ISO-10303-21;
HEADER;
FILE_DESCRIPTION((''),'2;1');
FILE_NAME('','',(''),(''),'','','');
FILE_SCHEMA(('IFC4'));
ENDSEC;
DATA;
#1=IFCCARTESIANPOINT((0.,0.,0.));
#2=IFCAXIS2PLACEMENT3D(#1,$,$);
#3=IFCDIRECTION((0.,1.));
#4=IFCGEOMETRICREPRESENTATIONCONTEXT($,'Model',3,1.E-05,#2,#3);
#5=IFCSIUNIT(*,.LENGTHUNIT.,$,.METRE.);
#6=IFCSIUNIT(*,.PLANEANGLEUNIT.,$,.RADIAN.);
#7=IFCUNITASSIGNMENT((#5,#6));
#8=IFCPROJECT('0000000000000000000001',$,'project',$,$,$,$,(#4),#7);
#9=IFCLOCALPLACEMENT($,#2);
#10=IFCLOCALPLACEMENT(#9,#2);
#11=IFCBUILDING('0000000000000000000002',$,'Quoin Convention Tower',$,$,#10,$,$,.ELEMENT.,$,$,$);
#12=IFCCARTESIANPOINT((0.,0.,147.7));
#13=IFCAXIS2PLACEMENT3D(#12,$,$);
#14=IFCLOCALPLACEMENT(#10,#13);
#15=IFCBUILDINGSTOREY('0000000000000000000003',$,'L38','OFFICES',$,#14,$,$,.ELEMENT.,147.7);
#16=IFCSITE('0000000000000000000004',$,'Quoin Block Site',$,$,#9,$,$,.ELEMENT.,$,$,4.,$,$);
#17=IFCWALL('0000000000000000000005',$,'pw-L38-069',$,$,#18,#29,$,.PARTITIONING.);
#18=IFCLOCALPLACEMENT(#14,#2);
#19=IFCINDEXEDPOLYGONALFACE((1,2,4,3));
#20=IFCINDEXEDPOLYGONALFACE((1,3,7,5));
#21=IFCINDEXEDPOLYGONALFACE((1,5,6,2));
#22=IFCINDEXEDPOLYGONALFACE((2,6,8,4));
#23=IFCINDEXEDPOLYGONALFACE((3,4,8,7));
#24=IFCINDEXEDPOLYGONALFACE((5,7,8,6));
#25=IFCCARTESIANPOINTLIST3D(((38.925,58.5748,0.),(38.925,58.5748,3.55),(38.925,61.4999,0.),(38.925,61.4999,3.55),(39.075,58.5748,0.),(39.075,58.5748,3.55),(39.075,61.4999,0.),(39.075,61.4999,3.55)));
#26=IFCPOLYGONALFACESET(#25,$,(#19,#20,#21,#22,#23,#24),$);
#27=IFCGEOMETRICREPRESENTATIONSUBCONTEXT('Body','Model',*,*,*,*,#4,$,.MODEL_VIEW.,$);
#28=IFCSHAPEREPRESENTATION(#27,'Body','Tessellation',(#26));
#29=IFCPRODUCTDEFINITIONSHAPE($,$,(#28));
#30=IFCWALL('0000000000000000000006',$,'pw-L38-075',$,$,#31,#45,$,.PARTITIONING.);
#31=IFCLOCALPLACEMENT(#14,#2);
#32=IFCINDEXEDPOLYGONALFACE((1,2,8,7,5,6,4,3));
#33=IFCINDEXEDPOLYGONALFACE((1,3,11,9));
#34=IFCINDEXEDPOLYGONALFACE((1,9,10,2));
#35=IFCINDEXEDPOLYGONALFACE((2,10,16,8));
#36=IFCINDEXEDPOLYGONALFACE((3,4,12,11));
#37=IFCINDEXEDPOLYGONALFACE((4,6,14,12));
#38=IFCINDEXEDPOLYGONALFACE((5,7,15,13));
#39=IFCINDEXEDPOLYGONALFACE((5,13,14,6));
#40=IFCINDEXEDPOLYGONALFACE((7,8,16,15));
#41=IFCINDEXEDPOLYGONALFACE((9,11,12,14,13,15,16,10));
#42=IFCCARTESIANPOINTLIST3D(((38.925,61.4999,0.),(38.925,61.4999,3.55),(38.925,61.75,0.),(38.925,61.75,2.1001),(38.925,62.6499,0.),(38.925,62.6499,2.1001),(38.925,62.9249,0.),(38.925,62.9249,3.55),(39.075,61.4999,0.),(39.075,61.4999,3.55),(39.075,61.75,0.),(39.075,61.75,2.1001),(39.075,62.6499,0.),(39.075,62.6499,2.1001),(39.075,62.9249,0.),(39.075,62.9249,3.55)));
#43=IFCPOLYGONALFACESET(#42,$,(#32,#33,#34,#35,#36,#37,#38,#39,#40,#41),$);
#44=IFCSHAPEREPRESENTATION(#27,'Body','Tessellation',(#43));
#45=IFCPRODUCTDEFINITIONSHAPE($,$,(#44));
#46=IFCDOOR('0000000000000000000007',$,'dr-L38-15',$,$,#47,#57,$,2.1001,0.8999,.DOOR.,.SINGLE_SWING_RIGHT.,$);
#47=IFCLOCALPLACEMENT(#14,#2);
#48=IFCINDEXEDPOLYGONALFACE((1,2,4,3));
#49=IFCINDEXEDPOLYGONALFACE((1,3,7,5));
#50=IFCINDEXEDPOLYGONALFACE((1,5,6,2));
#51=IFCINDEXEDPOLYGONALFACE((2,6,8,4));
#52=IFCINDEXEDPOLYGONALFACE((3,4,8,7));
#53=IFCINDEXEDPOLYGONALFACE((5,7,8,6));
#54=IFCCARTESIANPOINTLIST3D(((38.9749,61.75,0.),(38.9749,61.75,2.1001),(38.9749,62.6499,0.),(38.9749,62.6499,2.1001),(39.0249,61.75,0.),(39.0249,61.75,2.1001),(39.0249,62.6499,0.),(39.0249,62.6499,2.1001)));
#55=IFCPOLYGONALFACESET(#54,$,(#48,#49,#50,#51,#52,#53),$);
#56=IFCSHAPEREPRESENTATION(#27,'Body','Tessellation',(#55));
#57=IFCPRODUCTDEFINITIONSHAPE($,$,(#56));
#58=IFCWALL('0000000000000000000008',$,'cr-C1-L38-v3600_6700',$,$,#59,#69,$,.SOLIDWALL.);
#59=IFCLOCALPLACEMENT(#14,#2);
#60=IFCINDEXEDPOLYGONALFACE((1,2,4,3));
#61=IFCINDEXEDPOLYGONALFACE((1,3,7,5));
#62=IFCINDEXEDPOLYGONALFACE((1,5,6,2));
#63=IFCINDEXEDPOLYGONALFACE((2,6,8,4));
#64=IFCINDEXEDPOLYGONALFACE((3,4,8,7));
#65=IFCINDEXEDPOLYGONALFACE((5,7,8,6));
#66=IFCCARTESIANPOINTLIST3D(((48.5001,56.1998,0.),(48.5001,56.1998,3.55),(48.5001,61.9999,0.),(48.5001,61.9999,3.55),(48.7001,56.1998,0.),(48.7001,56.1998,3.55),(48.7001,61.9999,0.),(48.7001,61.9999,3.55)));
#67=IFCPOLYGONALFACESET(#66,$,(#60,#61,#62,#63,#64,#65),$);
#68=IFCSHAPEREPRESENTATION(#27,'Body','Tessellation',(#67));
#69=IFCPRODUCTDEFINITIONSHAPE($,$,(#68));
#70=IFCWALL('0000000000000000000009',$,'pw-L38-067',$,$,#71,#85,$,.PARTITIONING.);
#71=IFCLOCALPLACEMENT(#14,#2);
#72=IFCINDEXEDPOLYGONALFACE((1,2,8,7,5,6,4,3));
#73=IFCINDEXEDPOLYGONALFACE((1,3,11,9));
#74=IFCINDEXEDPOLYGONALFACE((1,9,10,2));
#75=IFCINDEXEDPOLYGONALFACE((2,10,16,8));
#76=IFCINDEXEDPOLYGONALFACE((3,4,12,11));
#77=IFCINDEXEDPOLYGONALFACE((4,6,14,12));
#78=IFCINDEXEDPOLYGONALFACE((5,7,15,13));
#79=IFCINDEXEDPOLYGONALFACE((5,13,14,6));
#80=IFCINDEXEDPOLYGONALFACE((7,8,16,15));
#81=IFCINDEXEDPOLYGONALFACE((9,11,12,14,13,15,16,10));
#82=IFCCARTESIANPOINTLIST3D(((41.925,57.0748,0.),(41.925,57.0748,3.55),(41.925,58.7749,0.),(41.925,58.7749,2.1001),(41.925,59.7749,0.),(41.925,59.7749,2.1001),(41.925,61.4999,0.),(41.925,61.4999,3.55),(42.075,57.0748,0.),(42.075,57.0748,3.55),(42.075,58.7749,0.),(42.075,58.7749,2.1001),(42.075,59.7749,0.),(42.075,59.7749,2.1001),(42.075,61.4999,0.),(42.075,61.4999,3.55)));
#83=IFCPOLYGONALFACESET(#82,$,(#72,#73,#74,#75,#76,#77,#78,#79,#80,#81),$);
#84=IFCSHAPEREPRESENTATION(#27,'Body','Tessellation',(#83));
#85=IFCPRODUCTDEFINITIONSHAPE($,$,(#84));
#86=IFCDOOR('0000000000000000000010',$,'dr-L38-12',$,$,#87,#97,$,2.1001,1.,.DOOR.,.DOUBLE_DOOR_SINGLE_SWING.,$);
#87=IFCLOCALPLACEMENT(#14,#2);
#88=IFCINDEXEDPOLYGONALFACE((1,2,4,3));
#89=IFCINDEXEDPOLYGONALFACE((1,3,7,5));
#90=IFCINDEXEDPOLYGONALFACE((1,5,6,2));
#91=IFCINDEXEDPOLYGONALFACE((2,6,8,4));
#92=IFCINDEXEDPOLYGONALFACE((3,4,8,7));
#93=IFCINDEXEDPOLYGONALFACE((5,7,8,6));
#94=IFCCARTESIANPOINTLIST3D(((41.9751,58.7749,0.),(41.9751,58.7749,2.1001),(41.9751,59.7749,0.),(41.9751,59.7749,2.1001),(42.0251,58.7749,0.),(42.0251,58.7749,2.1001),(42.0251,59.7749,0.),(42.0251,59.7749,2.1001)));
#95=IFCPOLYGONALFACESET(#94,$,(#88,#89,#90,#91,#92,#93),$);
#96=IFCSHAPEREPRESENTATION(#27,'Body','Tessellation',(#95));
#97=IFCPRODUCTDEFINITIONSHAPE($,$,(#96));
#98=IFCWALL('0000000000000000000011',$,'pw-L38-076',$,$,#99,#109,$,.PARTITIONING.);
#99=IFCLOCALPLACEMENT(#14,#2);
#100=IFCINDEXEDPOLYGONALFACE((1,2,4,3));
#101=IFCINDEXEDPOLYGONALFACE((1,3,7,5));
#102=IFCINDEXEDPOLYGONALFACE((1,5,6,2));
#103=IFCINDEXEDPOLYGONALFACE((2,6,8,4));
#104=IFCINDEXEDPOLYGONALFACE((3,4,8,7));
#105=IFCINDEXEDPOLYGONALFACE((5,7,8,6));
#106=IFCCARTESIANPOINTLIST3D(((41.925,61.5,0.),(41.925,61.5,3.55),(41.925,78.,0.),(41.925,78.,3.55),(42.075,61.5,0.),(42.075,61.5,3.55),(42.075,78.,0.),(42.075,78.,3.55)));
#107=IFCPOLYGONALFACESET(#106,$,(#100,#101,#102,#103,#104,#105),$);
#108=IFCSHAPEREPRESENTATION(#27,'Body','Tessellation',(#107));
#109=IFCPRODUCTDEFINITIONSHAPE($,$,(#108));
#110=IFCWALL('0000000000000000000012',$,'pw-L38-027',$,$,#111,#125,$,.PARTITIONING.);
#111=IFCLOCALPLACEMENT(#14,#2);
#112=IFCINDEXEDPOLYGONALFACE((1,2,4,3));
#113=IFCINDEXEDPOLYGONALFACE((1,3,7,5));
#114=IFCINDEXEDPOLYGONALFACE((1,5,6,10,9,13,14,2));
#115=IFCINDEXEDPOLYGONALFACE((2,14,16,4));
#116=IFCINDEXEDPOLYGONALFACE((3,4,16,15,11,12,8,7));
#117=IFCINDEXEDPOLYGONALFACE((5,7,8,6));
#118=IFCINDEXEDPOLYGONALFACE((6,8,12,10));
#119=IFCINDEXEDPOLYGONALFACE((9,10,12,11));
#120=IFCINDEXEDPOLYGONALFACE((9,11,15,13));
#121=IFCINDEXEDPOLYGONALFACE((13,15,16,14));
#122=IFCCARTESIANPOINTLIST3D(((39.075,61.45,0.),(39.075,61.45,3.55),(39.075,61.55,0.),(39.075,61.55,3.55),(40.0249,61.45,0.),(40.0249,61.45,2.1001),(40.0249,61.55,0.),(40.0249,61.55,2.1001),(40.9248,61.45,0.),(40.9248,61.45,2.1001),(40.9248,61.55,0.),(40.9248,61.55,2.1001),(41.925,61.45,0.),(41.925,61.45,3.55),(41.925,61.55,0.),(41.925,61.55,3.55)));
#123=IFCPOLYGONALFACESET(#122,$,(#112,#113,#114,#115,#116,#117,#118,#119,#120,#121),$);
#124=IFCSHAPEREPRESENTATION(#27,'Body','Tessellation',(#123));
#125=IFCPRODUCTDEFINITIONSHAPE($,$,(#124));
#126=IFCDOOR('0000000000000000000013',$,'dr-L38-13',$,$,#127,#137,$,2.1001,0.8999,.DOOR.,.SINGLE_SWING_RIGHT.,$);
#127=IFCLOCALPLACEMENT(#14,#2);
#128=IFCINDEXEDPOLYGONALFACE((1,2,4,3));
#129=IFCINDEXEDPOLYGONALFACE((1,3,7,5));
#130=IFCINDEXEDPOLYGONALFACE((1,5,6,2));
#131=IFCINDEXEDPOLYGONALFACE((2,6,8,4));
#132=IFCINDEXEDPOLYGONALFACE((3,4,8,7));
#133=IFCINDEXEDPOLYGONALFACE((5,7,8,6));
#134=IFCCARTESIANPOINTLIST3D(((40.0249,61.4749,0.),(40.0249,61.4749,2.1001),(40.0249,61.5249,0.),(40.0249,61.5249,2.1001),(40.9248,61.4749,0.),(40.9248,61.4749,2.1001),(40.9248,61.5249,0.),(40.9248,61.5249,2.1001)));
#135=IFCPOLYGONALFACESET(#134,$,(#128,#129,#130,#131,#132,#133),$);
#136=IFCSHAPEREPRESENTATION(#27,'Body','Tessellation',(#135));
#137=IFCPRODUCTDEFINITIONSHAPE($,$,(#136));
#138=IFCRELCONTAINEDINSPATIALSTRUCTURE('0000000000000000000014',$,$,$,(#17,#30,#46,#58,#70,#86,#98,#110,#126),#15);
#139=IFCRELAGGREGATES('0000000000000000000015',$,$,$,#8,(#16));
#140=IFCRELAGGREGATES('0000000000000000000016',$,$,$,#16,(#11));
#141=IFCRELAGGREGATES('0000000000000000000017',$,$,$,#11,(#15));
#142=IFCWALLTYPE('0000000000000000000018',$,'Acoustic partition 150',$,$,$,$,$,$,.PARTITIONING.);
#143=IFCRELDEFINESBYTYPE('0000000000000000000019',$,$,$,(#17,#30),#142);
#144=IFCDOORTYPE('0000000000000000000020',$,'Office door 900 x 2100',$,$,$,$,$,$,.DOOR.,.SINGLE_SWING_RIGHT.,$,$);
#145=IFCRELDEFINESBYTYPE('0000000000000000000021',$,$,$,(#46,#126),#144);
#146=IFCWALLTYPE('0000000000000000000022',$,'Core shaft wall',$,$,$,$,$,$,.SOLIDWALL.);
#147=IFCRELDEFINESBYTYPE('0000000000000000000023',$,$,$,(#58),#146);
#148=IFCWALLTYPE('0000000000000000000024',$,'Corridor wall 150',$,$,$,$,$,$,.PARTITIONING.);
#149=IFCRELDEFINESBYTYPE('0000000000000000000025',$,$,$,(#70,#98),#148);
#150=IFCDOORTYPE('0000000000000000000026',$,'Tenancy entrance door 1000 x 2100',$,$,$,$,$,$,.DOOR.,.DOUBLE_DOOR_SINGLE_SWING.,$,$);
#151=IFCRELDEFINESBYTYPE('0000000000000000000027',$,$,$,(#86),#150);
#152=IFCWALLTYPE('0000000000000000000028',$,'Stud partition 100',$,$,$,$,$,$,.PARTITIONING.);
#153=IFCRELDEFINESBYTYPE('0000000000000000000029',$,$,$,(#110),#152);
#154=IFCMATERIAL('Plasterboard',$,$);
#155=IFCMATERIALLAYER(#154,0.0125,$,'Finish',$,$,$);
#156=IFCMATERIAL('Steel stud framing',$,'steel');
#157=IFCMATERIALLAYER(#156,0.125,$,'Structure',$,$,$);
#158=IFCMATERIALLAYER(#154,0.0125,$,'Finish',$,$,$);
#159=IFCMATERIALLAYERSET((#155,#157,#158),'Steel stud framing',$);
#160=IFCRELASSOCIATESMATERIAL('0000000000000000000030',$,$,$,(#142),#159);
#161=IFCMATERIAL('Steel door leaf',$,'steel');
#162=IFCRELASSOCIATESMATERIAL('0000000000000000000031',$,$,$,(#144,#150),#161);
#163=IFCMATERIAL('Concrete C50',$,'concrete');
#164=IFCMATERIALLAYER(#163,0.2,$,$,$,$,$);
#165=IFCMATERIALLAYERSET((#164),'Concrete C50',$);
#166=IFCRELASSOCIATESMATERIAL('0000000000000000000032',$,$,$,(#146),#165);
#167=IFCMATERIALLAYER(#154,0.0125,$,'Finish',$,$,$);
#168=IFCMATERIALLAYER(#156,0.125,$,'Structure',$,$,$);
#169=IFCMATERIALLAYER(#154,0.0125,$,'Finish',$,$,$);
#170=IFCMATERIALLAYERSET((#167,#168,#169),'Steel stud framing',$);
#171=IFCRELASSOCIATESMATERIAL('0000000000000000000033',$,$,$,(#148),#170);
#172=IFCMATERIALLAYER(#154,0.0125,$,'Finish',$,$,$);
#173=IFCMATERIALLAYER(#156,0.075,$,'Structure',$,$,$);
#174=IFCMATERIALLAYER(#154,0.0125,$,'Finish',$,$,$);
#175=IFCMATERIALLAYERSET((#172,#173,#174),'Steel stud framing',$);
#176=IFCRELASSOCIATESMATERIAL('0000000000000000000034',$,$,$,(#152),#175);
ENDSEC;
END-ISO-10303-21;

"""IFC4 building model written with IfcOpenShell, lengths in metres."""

from ifc_helpers import new_model, si_unit, direction, frame, frame_2d, origin, place, context, subcontext, project, spatial, rectangle, extrude, material, layer, layer_set, type_object, element, fill, save


model = new_model("IFC4")

# Units and contexts
model_context = context("Model", 3, precision=1e-05, world=origin(), true_north=direction((0.0, 1.0)))
body_context = subcontext(model_context, "Body", "Model", "MODEL_VIEW")
ifc_project = project(units=[si_unit("LENGTHUNIT", "METRE"), si_unit("PLANEANGLEUNIT", "RADIAN")], contexts=[model_context])

# Site, building, storey
site_placement = place(None, origin())
site = spatial("IfcSite", under=ifc_project, at=site_placement, Name="Quoin Block Site", CompositionType="ELEMENT", RefElevation=4.0)
building_placement = place(site_placement, origin())
building = spatial("IfcBuilding", under=site, at=building_placement, Name="Quoin Convention Tower", CompositionType="ELEMENT")
storey_placement = place(building_placement, frame((0.0, 0.0, 147.7)))
storey = spatial("IfcBuildingStorey", under=building, at=storey_placement, Name="L38", Description="OFFICES", CompositionType="ELEMENT", Elevation=147.7)

# Wall
ifc_material_1 = material(Name="Plasterboard")
ifc_layer_1 = layer(ifc_material_1, 0.0125, Name="Finish")
ifc_material_2 = material(Name="Steel stud framing", Category="steel")
ifc_layer_2 = layer(ifc_material_2, 0.125, Name="Structure")
ifc_layer_3 = layer(ifc_material_1, 0.0125, Name="Finish")
ifc_layer_set_1 = layer_set([ifc_layer_1, ifc_layer_2, ifc_layer_3], Name="Steel stud framing")
wall_type_1 = type_object("IfcWallType", Name="Acoustic partition 150", PredefinedType="PARTITIONING", material=ifc_layer_set_1)
wall_1_placement = place(storey_placement, frame((39.0, 58.575, 0.0), z_axis=(0.0, 0.0, 1.0), x_axis=(0.0, 1.0, 0.0)))
element("IfcWall", 1, at=wall_1_placement, inside=storey, type_object=wall_type_1, Name="pw-L38-069", PredefinedType="PARTITIONING", context=body_context, shape_type="SweptSolid", body=[
    extrude(rectangle(XDim=2.925, YDim=0.1499, at=frame_2d((1.4624, 0.0))), origin(), (0.0, 0.0, 1.0), 3.55),
])

# Wall, opening, door
wall_2_placement = place(storey_placement, frame((39.0, 61.5, 0.0), z_axis=(0.0, 0.0, 1.0), x_axis=(0.0, 1.0, 0.0)))
wall_2 = element("IfcWall", 2, at=wall_2_placement, inside=storey, type_object=wall_type_1, Name="pw-L38-075", PredefinedType="PARTITIONING", context=body_context, shape_type="SweptSolid", body=[
    extrude(rectangle(XDim=1.425, YDim=0.1499, at=frame_2d((0.7124, 0.0))), origin(), (0.0, 0.0, 1.0), 3.55),
])
opening_1_placement = place(wall_2_placement, frame((0.25, 0.0, 0.0)))
opening_1 = element("IfcOpeningElement", 3, at=opening_1_placement, cuts=wall_2, PredefinedType="OPENING", context=body_context, shape_type="SweptSolid", body=[
    extrude(rectangle(XDim=0.8999, YDim=2.1001, at=frame_2d((0.45, 1.05))), frame((0.0, 0.085, 0.0), z_axis=(0.0, -1.0, 0.0), x_axis=(1.0, 0.0, 0.0)), (0.0, 0.0, 1.0), 0.1699),
])
ifc_material_3 = material(Name="Steel door leaf", Category="steel")
door_type_1 = type_object("IfcDoorType", Name="Office door 900 x 2100", OperationType="SINGLE_SWING_RIGHT", PredefinedType="DOOR", material=ifc_material_3)
door_1_placement = place(opening_1_placement, frame((0.8999, 0.0, 0.0), z_axis=(0.0, 0.0, 1.0), x_axis=(-1.0, 0.0, 0.0)))
door_1 = element("IfcDoor", 4, at=door_1_placement, inside=storey, type_object=door_type_1, Name="dr-L38-15", OperationType="SINGLE_SWING_RIGHT", OverallHeight=2.1001, OverallWidth=0.8999, PredefinedType="DOOR", context=body_context, shape_type="SweptSolid", body=[
    extrude(rectangle(XDim=0.8999, YDim=2.1001, at=frame_2d((0.45, 1.05))), frame((0.0, 0.0249, 0.0), z_axis=(0.0, -1.0, 0.0), x_axis=(1.0, 0.0, 0.0)), (0.0, 0.0, 1.0), 0.05),
])
fill(opening_1, door_1)

# Wall
ifc_material_4 = material(Name="Concrete C50", Category="concrete")
ifc_layer_4 = layer(ifc_material_4, 0.2)
ifc_layer_set_2 = layer_set([ifc_layer_4], Name="Concrete C50")
wall_type_2 = type_object("IfcWallType", Name="Core shaft wall", PredefinedType="SOLIDWALL", material=ifc_layer_set_2)
wall_3_placement = place(storey_placement, frame((48.6001, 56.2, 0.0), z_axis=(0.0, 0.0, 1.0), x_axis=(0.0, 1.0, 0.0)))
element("IfcWall", 5, at=wall_3_placement, inside=storey, type_object=wall_type_2, Name="cr-C1-L38-v3600_6700", PredefinedType="SOLIDWALL", context=body_context, shape_type="SweptSolid", body=[
    extrude(rectangle(XDim=5.8, YDim=0.2, at=frame_2d((2.8999, 0.0))), origin(), (0.0, 0.0, 1.0), 3.55),
])

# Wall, opening, door
ifc_layer_5 = layer(ifc_material_1, 0.0125, Name="Finish")
ifc_layer_6 = layer(ifc_material_2, 0.125, Name="Structure")
ifc_layer_7 = layer(ifc_material_1, 0.0125, Name="Finish")
ifc_layer_set_3 = layer_set([ifc_layer_5, ifc_layer_6, ifc_layer_7], Name="Steel stud framing")
wall_type_3 = type_object("IfcWallType", Name="Corridor wall 150", PredefinedType="PARTITIONING", material=ifc_layer_set_3)
wall_4_placement = place(storey_placement, frame((42.0, 57.075, 0.0), z_axis=(0.0, 0.0, 1.0), x_axis=(0.0, 1.0, 0.0)))
wall_4 = element("IfcWall", 6, at=wall_4_placement, inside=storey, type_object=wall_type_3, Name="pw-L38-067", PredefinedType="PARTITIONING", context=body_context, shape_type="SweptSolid", body=[
    extrude(rectangle(XDim=4.425, YDim=0.1499, at=frame_2d((2.2124, 0.0))), origin(), (0.0, 0.0, 1.0), 3.55),
])
opening_2_placement = place(wall_4_placement, frame((1.7, 0.0, 0.0)))
opening_2 = element("IfcOpeningElement", 7, at=opening_2_placement, cuts=wall_4, PredefinedType="OPENING", context=body_context, shape_type="SweptSolid", body=[
    extrude(rectangle(XDim=1.0, YDim=2.1001, at=frame_2d((0.5, 1.05))), frame((0.0, 0.085, 0.0), z_axis=(0.0, -1.0, 0.0), x_axis=(1.0, 0.0, 0.0)), (0.0, 0.0, 1.0), 0.1699),
])
door_type_2 = type_object("IfcDoorType", Name="Tenancy entrance door 1000 x 2100", OperationType="DOUBLE_DOOR_SINGLE_SWING", PredefinedType="DOOR", material=ifc_material_3)
door_2_placement = place(opening_2_placement, origin())
door_2 = element("IfcDoor", 8, at=door_2_placement, inside=storey, type_object=door_type_2, Name="dr-L38-12", OperationType="DOUBLE_DOOR_SINGLE_SWING", OverallHeight=2.1001, OverallWidth=1.0, PredefinedType="DOOR", context=body_context, shape_type="SweptSolid", body=[
    extrude(rectangle(XDim=1.0, YDim=2.1001, at=frame_2d((0.5, 1.05))), frame((0.0, 0.0249, 0.0), z_axis=(0.0, -1.0, 0.0), x_axis=(1.0, 0.0, 0.0)), (0.0, 0.0, 1.0), 0.05),
])
fill(opening_2, door_2)

# Wall
wall_5_placement = place(storey_placement, frame((42.0, 61.5, 0.0), z_axis=(0.0, 0.0, 1.0), x_axis=(0.0, 1.0, 0.0)))
element("IfcWall", 9, at=wall_5_placement, inside=storey, type_object=wall_type_3, Name="pw-L38-076", PredefinedType="PARTITIONING", context=body_context, shape_type="SweptSolid", body=[
    extrude(rectangle(XDim=16.5, YDim=0.1499, at=frame_2d((8.25, 0.0))), origin(), (0.0, 0.0, 1.0), 3.55),
])

# Wall, opening, door
ifc_layer_8 = layer(ifc_material_1, 0.0125, Name="Finish")
ifc_layer_9 = layer(ifc_material_2, 0.075, Name="Structure")
ifc_layer_10 = layer(ifc_material_1, 0.0125, Name="Finish")
ifc_layer_set_4 = layer_set([ifc_layer_8, ifc_layer_9, ifc_layer_10], Name="Steel stud framing")
wall_type_4 = type_object("IfcWallType", Name="Stud partition 100", PredefinedType="PARTITIONING", material=ifc_layer_set_4)
wall_6_placement = place(storey_placement, frame((39.075, 61.5, 0.0), z_axis=(0.0, 0.0, 1.0), x_axis=(1.0, 0.0, 0.0)))
wall_6 = element("IfcWall", 10, at=wall_6_placement, inside=storey, type_object=wall_type_4, Name="pw-L38-027", PredefinedType="PARTITIONING", context=body_context, shape_type="SweptSolid", body=[
    extrude(rectangle(XDim=2.8501, YDim=0.1001, at=frame_2d((1.425, 0.0))), origin(), (0.0, 0.0, 1.0), 3.55),
])
opening_3_placement = place(wall_6_placement, frame((0.95, 0.0, 0.0)))
opening_3 = element("IfcOpeningElement", 11, at=opening_3_placement, cuts=wall_6, PredefinedType="OPENING", context=body_context, shape_type="SweptSolid", body=[
    extrude(rectangle(XDim=0.8999, YDim=2.1001, at=frame_2d((0.45, 1.05))), frame((0.0, 0.0601, 0.0), z_axis=(0.0, -1.0, 0.0), x_axis=(1.0, 0.0, 0.0)), (0.0, 0.0, 1.0), 0.1201),
])
door_3_placement = place(opening_3_placement, origin())
door_3 = element("IfcDoor", 12, at=door_3_placement, inside=storey, type_object=door_type_1, Name="dr-L38-13", OperationType="SINGLE_SWING_RIGHT", OverallHeight=2.1001, OverallWidth=0.8999, PredefinedType="DOOR", context=body_context, shape_type="SweptSolid", body=[
    extrude(rectangle(XDim=0.8999, YDim=2.1001, at=frame_2d((0.45, 1.05))), frame((0.0, 0.0249, 0.0), z_axis=(0.0, -1.0, 0.0), x_axis=(1.0, 0.0, 0.0)), (0.0, 0.0, 1.0), 0.05),
])
fill(opening_3, door_3)

save(model, "model.ifc")
